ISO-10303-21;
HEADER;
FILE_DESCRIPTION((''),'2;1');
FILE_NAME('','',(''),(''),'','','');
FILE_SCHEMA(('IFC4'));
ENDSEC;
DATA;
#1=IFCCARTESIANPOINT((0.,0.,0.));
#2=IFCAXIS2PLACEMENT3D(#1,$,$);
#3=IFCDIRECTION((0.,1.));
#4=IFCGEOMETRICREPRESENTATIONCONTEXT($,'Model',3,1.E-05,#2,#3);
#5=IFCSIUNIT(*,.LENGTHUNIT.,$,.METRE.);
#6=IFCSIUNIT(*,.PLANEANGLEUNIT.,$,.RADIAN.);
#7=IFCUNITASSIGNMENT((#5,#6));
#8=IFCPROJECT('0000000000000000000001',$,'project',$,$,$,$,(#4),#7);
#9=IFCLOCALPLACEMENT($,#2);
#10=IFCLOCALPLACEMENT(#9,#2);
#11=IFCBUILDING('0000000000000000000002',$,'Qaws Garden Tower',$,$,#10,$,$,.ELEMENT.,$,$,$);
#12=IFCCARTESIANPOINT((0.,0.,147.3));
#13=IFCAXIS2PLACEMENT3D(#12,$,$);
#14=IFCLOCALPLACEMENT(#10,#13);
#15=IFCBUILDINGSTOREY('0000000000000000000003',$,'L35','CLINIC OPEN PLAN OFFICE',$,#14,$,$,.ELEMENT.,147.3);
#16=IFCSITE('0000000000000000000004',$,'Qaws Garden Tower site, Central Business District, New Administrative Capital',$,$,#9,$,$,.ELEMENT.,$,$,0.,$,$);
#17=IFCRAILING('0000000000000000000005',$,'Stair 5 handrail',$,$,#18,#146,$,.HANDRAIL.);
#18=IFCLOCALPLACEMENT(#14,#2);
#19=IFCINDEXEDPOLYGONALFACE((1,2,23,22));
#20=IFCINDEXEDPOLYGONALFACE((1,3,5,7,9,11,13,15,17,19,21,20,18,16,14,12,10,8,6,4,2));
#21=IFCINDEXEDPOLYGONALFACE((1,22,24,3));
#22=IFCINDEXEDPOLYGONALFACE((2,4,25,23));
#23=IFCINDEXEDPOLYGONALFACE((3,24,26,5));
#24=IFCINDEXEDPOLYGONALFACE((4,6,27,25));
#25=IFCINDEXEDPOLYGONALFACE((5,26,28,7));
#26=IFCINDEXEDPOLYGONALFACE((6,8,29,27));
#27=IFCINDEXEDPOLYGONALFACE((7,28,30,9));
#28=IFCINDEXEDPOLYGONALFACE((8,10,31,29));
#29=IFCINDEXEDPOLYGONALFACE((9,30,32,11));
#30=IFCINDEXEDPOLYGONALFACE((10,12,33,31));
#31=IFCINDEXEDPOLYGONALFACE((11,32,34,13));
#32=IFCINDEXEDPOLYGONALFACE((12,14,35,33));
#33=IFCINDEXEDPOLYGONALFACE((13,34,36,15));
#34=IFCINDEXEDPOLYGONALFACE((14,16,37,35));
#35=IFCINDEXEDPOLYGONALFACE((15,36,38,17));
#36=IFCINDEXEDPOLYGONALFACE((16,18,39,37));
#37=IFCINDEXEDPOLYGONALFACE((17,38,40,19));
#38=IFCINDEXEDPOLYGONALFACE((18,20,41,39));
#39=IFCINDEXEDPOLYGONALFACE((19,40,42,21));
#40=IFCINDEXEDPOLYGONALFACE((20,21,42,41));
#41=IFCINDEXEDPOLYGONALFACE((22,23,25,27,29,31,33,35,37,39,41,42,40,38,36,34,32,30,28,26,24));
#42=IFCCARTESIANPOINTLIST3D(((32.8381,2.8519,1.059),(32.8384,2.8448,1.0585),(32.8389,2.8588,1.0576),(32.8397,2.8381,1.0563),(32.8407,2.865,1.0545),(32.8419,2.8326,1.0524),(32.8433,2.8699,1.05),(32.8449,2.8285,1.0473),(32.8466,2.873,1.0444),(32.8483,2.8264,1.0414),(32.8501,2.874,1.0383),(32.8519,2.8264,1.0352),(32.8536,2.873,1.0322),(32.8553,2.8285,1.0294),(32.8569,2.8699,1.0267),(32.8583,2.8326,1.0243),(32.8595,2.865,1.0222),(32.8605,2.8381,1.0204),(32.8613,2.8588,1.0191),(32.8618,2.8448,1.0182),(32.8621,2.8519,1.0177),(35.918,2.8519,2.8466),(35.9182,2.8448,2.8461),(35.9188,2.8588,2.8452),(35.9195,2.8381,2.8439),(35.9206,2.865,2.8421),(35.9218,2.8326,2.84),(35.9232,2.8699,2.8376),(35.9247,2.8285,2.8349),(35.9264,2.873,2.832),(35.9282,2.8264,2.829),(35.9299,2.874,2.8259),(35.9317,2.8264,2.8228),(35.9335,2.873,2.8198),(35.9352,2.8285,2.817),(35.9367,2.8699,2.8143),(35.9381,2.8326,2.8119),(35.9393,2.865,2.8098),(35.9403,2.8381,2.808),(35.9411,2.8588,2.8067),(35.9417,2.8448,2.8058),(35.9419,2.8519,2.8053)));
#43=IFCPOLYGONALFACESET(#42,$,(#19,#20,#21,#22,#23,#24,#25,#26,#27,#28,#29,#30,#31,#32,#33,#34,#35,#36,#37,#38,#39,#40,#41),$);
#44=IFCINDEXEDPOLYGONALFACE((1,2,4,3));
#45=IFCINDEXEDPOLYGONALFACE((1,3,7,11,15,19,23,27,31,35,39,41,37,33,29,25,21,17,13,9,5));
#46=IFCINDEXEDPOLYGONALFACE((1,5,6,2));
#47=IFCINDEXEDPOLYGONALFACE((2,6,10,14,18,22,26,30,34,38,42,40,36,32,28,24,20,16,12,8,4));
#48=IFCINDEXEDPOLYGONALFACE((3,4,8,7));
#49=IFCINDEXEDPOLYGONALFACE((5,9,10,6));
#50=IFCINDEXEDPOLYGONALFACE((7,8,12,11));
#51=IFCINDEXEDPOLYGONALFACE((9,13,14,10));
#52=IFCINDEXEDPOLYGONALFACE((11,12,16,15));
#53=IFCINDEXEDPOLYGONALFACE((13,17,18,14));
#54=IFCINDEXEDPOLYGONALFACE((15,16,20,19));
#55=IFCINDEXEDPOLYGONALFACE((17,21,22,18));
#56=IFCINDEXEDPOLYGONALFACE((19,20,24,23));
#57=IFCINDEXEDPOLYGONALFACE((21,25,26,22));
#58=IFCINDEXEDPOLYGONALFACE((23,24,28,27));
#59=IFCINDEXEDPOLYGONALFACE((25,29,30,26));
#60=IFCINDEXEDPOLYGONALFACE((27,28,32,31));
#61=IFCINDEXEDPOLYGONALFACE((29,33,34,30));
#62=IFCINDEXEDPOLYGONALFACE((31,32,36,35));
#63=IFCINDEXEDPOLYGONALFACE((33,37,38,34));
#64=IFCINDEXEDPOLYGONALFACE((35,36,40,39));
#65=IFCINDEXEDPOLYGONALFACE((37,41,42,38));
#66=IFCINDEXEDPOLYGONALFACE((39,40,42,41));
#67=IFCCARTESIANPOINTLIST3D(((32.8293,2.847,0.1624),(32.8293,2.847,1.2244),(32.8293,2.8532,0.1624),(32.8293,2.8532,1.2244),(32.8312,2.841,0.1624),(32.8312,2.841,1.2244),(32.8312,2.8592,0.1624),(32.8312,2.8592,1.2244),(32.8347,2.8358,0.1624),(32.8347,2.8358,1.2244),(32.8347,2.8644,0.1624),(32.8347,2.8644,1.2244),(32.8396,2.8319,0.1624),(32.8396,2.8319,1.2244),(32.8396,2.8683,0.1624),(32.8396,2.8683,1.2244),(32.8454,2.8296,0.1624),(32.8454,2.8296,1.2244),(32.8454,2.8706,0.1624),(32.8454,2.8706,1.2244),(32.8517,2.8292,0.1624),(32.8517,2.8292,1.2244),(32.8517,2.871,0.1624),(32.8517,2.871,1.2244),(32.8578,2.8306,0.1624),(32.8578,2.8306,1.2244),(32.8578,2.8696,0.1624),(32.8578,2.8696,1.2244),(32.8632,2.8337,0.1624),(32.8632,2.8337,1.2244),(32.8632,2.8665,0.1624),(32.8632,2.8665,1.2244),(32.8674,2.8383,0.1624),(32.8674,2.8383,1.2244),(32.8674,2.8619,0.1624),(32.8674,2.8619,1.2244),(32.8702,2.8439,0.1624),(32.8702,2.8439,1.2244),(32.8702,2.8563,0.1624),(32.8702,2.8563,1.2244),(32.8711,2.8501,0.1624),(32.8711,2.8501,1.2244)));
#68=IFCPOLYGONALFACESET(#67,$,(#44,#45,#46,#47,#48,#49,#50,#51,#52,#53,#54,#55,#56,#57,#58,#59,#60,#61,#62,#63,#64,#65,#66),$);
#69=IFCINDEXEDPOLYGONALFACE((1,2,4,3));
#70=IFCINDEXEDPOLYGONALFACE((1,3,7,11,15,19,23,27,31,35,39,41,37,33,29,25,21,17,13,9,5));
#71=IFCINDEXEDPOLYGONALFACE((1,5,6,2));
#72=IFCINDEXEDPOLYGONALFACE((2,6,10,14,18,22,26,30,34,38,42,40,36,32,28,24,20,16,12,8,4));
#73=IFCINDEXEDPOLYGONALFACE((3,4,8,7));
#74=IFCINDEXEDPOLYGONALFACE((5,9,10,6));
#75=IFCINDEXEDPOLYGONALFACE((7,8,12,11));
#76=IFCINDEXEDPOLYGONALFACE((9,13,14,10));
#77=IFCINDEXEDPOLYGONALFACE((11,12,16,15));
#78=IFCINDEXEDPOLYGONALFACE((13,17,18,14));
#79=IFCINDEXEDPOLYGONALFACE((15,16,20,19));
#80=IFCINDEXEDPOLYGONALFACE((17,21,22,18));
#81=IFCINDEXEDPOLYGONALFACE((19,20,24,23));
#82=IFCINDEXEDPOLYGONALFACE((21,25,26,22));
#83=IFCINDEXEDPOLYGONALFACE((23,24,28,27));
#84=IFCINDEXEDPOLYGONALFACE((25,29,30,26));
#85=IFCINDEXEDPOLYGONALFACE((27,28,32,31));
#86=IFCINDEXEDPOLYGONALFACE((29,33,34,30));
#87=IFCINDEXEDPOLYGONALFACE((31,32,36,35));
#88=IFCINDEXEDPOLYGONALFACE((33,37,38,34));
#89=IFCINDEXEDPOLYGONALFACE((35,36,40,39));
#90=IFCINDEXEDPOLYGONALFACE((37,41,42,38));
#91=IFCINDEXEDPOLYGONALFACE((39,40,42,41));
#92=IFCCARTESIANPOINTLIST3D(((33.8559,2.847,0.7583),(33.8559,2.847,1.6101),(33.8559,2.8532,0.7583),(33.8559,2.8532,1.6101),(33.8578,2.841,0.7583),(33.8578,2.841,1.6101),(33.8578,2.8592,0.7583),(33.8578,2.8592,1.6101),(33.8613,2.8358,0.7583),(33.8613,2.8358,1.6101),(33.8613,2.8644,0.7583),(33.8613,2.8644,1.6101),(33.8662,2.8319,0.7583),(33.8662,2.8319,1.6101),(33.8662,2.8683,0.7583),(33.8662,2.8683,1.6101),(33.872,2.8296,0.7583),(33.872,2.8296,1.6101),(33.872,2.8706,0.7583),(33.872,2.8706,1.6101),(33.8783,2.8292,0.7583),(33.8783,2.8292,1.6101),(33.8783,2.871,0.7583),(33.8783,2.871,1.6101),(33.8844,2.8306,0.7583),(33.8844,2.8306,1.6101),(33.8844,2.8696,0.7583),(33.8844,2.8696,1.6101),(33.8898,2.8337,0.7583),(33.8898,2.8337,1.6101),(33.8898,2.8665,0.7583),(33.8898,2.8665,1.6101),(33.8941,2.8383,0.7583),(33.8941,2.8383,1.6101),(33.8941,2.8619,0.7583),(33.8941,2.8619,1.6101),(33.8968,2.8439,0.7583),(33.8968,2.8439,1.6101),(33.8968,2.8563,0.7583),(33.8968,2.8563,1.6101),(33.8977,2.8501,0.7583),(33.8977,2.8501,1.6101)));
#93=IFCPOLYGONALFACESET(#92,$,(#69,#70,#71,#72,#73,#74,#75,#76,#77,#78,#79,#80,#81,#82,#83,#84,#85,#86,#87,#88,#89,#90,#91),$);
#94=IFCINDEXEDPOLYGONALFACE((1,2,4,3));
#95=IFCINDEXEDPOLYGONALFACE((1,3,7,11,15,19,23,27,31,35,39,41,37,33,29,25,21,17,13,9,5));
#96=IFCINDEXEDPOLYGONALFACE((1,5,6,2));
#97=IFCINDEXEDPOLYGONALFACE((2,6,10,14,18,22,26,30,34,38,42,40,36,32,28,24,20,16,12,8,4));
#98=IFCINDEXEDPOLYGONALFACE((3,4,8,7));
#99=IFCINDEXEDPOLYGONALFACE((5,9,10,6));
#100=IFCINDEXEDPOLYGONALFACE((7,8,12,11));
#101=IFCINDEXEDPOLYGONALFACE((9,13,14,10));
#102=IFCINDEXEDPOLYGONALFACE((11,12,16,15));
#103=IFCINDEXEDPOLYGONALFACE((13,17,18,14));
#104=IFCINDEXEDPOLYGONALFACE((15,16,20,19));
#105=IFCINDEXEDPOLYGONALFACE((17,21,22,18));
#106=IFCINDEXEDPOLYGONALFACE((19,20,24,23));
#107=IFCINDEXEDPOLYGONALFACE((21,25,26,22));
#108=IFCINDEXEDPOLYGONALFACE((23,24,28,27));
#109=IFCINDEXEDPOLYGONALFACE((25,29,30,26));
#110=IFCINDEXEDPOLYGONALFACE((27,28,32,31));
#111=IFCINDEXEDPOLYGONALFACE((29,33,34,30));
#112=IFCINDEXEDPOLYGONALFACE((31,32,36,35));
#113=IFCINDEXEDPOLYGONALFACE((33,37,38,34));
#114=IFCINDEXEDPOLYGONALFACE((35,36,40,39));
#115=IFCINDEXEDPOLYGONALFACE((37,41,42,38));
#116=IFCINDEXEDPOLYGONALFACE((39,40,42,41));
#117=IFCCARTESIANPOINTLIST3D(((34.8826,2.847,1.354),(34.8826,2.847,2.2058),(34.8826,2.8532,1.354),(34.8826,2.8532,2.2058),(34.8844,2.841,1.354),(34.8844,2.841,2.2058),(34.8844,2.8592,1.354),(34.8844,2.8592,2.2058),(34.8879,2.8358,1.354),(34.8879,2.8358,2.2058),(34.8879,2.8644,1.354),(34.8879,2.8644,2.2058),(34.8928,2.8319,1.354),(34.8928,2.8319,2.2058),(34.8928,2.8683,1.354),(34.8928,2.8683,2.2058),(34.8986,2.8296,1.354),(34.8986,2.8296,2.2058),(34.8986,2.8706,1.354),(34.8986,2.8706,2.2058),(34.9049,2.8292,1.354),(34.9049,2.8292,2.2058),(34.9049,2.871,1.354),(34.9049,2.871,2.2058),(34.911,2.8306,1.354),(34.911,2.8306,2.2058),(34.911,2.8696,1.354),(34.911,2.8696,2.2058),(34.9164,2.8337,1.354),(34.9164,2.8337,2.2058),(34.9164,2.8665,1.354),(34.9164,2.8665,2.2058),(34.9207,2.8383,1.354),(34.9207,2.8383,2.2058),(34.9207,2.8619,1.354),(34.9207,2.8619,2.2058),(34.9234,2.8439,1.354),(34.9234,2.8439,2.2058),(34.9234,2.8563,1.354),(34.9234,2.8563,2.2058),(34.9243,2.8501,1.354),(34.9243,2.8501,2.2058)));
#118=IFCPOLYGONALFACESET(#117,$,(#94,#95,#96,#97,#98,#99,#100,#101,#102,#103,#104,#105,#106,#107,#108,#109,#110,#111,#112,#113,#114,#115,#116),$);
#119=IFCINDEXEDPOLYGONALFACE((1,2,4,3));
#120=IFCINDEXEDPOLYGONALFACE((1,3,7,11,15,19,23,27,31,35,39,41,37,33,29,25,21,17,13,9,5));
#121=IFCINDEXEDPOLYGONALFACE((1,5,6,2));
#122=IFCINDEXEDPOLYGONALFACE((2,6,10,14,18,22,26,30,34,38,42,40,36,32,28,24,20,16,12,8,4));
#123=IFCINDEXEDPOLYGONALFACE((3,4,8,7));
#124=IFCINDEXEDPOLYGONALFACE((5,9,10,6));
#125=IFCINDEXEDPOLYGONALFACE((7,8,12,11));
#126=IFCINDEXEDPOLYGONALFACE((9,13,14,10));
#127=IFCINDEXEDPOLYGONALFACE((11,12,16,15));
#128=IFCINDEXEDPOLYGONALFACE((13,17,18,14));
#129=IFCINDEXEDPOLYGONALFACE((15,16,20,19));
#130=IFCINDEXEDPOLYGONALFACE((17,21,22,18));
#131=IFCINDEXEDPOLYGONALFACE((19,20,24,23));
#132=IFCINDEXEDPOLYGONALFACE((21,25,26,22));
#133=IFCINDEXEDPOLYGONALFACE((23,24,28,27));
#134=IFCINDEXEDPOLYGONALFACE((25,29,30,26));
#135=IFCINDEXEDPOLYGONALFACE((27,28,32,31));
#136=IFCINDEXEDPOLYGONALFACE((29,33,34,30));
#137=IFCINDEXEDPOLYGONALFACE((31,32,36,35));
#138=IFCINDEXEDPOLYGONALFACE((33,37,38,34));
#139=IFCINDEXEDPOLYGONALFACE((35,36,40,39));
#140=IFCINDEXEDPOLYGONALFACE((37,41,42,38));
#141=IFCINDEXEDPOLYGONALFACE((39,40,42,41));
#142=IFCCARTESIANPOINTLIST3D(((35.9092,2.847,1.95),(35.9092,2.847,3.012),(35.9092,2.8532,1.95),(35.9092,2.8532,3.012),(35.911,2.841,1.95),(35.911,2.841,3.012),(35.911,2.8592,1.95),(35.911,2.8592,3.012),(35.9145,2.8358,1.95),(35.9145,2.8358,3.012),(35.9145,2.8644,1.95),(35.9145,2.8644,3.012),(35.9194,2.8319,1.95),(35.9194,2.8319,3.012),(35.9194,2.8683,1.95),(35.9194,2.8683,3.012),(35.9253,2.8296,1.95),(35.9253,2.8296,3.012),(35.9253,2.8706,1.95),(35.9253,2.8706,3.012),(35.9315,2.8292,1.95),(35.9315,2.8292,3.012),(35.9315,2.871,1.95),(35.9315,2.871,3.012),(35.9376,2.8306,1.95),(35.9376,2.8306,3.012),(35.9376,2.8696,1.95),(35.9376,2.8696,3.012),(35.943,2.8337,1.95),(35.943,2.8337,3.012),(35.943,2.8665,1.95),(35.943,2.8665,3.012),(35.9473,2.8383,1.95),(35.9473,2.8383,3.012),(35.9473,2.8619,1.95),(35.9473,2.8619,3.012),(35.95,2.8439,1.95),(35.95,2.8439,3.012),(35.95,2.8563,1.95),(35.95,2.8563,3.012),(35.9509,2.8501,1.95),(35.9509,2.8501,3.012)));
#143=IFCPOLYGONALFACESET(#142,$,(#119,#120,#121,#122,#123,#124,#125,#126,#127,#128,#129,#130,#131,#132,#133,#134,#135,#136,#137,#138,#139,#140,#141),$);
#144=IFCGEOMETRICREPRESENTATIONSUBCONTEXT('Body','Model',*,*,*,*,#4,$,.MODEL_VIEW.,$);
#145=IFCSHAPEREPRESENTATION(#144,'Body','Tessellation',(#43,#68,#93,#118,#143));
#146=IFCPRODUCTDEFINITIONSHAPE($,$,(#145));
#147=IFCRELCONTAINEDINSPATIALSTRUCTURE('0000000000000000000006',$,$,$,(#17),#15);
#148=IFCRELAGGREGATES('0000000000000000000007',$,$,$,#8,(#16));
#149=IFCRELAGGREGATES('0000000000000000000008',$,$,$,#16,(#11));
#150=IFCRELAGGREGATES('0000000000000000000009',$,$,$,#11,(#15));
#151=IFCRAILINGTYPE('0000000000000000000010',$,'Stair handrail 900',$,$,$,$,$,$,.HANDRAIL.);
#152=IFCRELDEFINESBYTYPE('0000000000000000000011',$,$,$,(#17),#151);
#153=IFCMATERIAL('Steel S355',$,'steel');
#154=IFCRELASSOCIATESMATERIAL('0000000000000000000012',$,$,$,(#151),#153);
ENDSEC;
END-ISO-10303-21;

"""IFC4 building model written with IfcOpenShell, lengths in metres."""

from ifc_helpers import new_model, si_unit, direction, frame, origin, origin_2d, place, context, subcontext, project, spatial, circle, extrude, material, type_object, element, save


model = new_model("IFC4")

# Units and contexts
model_context = context("Model", 3, precision=1e-05, world=origin(), true_north=direction((0.0, 1.0)))
body_context = subcontext(model_context, "Body", "Model", "MODEL_VIEW")
ifc_project = project(units=[si_unit("LENGTHUNIT", "METRE"), si_unit("PLANEANGLEUNIT", "RADIAN")], contexts=[model_context])

# Site, building, storey
site_placement = place(None, origin())
site = spatial("IfcSite", under=ifc_project, at=site_placement, Name="Qaws Garden Tower site, Central Business District, New Administrative Capital", CompositionType="ELEMENT", RefElevation=0.0)
building_placement = place(site_placement, origin())
building = spatial("IfcBuilding", under=site, at=building_placement, Name="Qaws Garden Tower", CompositionType="ELEMENT")
storey_placement = place(building_placement, frame((0.0, 0.0, 147.3)))
storey = spatial("IfcBuildingStorey", under=building, at=storey_placement, Name="L35", Description="CLINIC OPEN PLAN OFFICE", CompositionType="ELEMENT", Elevation=147.3)

# Railing
ifc_material_1 = material(Name="Steel S355", Category="steel")
railing_type = type_object("IfcRailingType", Name="Stair handrail 900", PredefinedType="HANDRAIL", material=ifc_material_1)
railing_placement = place(storey_placement, frame((32.8501, 2.8501, 0.1624)))
element("IfcRailing", 1, at=railing_placement, inside=storey, type_object=railing_type, Name="Stair 5 handrail", PredefinedType="HANDRAIL", context=body_context, shape_type="SweptSolid", body=[
    extrude(circle(Radius=0.0239, at=origin_2d()), frame((0.0, 0.0, 0.876), z_axis=(0.864873, 0.0, 0.50199), x_axis=(0.0, 1.0, 0.0)), (0.0, 0.0, 1.0), 3.561),
    extrude(circle(Radius=0.021, at=origin_2d()), origin(), (0.0, 0.0, 1.0), 1.062),
    extrude(circle(Radius=0.021, at=origin_2d()), frame((1.0266, 0.0, 0.5959)), (0.0, 0.0, 1.0), 0.8518),
    extrude(circle(Radius=0.021, at=origin_2d()), frame((2.0532, 0.0, 1.1917)), (0.0, 0.0, 1.0), 0.8518),
    extrude(circle(Radius=0.021, at=origin_2d()), frame((3.0798, 0.0, 1.7876)), (0.0, 0.0, 1.0), 1.062),
])

save(model, "model.ifc")
